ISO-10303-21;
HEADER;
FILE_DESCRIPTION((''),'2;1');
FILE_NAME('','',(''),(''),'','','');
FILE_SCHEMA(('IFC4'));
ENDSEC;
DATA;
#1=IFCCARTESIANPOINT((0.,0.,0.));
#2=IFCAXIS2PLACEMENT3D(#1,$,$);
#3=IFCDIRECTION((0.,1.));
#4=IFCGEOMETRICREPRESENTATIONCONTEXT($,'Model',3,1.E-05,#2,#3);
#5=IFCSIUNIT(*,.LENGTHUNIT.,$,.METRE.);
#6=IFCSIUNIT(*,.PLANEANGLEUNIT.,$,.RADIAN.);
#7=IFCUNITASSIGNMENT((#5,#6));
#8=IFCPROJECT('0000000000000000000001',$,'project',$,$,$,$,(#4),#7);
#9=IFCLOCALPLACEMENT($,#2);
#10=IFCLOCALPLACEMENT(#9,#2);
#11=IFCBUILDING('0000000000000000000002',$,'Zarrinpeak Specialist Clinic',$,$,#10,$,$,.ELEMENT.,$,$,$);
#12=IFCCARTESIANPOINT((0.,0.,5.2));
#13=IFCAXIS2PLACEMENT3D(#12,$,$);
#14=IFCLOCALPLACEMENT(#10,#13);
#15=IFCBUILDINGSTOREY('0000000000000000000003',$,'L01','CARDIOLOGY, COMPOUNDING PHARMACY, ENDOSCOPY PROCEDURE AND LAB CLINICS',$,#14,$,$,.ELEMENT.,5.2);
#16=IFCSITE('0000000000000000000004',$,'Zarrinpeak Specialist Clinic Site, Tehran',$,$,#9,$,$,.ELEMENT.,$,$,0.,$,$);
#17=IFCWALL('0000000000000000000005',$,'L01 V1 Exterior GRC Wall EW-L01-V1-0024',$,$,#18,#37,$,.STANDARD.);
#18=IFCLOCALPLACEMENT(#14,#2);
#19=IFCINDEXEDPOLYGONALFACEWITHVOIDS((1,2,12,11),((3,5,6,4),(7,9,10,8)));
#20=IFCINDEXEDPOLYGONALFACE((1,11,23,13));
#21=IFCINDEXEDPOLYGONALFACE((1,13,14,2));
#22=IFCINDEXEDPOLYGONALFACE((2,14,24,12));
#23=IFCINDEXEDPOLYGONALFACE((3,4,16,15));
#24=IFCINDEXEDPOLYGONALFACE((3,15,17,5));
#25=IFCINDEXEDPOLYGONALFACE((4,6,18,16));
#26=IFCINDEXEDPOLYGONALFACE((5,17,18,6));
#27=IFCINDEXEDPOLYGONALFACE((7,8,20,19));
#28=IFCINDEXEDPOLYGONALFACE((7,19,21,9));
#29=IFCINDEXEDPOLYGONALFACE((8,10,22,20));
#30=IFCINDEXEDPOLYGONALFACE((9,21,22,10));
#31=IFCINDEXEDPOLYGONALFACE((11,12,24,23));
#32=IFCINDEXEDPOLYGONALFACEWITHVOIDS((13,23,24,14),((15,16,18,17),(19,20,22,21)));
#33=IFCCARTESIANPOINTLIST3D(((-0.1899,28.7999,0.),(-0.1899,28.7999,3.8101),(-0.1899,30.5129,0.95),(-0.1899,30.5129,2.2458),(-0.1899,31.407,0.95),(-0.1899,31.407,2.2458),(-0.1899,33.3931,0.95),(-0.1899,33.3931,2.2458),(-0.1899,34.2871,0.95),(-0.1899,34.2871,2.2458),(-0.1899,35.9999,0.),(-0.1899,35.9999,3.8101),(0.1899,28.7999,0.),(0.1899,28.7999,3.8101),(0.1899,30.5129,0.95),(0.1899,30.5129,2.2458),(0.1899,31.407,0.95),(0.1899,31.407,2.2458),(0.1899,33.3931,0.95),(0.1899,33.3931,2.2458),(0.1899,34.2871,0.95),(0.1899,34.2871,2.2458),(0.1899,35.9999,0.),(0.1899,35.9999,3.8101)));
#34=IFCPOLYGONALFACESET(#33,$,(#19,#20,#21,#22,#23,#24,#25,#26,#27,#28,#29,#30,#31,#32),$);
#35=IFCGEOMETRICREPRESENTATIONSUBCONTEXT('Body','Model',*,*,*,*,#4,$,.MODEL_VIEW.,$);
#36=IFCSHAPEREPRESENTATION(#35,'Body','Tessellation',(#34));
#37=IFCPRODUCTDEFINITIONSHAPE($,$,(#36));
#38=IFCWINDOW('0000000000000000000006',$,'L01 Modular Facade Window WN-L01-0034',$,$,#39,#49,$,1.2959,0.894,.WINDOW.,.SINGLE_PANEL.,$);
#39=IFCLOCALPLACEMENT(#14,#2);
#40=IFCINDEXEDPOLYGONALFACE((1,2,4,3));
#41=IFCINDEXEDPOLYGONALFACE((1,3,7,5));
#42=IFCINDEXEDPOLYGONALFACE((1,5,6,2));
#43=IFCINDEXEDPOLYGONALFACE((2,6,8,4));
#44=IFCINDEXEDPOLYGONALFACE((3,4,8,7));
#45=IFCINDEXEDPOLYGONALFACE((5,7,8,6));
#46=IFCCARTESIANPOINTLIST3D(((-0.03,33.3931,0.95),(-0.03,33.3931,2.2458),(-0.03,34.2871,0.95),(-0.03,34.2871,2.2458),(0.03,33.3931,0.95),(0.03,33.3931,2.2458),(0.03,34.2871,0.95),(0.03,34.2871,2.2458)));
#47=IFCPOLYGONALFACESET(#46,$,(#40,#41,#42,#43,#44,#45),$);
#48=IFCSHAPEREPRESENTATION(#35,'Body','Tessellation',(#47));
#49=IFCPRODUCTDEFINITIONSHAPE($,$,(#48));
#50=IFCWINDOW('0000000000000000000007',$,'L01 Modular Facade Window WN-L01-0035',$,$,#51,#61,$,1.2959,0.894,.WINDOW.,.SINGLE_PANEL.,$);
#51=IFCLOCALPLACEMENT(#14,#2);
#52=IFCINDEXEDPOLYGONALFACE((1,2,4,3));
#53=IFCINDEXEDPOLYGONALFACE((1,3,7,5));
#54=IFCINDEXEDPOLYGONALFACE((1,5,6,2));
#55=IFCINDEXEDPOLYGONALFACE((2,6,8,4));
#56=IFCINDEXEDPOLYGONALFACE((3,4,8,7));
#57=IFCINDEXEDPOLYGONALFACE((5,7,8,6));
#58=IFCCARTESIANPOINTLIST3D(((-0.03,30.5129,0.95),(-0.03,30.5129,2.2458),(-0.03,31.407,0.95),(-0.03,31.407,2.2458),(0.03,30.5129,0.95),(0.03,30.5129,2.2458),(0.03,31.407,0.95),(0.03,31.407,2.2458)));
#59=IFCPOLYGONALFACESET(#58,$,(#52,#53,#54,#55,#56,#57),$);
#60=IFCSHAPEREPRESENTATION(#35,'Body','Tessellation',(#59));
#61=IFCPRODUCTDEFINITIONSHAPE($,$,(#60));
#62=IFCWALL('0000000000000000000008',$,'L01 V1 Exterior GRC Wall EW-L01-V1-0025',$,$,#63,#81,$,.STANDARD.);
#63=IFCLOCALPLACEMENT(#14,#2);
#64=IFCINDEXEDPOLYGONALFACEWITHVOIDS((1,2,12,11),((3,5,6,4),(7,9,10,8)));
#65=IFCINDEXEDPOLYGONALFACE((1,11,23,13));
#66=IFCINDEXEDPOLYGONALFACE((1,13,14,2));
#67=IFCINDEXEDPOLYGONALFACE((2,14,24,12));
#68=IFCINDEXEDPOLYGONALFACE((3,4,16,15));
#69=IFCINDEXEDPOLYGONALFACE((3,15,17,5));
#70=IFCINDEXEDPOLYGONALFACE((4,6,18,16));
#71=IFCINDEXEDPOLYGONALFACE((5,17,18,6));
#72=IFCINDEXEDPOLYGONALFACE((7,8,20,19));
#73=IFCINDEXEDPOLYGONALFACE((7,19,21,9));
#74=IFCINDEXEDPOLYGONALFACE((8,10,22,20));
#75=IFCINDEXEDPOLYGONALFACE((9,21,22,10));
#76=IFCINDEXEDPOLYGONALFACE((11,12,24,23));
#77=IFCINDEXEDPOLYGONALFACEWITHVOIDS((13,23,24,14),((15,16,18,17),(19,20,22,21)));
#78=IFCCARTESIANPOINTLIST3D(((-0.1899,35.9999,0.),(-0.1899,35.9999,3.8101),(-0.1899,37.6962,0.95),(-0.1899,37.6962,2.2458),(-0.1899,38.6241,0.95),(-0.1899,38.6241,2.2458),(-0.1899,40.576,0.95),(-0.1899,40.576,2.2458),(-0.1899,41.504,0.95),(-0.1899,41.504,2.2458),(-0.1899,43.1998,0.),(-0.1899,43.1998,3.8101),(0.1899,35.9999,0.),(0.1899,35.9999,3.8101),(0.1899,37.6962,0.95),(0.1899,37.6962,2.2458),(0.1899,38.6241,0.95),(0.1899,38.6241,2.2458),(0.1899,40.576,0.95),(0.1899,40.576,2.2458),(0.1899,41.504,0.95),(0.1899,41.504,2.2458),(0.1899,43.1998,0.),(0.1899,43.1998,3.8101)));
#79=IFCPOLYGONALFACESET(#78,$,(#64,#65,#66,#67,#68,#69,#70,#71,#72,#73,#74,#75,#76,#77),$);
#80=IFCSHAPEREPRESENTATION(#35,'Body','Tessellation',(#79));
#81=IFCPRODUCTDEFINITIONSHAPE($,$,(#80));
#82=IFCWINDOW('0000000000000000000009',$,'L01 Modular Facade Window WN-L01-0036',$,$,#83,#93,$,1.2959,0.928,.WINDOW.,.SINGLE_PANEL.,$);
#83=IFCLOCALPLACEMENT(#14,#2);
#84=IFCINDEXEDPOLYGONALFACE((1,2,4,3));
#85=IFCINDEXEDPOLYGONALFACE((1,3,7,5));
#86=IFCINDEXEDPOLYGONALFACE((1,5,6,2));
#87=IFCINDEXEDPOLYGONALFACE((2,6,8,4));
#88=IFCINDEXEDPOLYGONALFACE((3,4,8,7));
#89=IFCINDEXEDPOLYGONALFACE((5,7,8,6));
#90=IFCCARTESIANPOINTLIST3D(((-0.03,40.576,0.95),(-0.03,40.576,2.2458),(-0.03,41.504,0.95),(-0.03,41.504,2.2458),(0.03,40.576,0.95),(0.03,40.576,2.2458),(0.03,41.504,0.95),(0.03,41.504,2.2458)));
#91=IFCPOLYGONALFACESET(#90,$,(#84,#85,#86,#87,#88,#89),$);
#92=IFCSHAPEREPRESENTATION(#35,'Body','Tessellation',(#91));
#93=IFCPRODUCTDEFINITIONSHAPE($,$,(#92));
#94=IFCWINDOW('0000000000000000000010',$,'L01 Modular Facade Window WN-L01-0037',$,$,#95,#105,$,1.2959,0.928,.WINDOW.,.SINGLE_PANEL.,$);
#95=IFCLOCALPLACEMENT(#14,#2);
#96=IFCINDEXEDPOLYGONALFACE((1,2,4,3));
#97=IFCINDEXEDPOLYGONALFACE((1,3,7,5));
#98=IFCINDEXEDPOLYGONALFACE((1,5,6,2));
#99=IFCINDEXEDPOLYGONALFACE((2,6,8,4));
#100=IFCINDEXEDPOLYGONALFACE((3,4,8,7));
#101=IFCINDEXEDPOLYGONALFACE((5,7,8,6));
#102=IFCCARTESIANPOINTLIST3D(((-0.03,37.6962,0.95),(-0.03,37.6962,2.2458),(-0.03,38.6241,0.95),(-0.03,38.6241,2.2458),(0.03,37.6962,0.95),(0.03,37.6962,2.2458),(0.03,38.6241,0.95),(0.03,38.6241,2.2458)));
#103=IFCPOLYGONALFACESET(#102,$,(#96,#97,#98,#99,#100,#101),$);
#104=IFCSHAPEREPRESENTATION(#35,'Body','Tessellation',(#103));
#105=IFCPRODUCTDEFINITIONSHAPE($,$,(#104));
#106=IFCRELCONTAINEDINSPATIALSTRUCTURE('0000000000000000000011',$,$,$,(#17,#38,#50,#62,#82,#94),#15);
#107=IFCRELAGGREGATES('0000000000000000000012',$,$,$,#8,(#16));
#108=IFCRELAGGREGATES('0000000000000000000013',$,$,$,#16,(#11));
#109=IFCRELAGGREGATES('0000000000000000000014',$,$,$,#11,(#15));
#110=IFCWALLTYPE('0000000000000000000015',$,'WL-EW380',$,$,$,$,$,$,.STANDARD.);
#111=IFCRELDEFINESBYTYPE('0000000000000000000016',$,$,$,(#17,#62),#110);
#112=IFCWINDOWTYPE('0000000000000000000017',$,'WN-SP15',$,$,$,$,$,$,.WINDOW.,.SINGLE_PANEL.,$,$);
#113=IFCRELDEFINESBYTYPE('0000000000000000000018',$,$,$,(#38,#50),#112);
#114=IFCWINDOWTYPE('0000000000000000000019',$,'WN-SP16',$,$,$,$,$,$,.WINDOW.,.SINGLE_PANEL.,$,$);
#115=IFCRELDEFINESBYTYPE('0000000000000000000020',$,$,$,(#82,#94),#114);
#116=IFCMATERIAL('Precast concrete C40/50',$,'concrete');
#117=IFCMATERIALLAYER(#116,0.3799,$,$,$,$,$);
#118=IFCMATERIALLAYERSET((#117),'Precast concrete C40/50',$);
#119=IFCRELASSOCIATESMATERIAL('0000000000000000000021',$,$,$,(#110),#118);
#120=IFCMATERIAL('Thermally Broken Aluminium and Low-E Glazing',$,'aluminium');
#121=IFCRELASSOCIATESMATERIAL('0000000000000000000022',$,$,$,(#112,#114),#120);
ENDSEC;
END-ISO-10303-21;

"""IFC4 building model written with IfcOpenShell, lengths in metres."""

from ifc_helpers import new_model, si_unit, direction, frame, frame_2d, origin, place, context, subcontext, project, spatial, rectangle, extrude, material, layer, layer_set, type_object, element, fill, save


model = new_model("IFC4")

# Units and contexts
model_context = context("Model", 3, precision=1e-05, world=origin(), true_north=direction((0.0, 1.0)))
body_context = subcontext(model_context, "Body", "Model", "MODEL_VIEW")
ifc_project = project(units=[si_unit("LENGTHUNIT", "METRE"), si_unit("PLANEANGLEUNIT", "RADIAN")], contexts=[model_context])

# Site, building, storey
site_placement = place(None, origin())
site = spatial("IfcSite", under=ifc_project, at=site_placement, Name="Zarrinpeak Specialist Clinic Site, Tehran", CompositionType="ELEMENT", RefElevation=0.0)
building_placement = place(site_placement, origin())
building = spatial("IfcBuilding", under=site, at=building_placement, Name="Zarrinpeak Specialist Clinic", CompositionType="ELEMENT")
storey_placement = place(building_placement, frame((0.0, 0.0, 5.2)))
storey = spatial("IfcBuildingStorey", under=building, at=storey_placement, Name="L01", Description="CARDIOLOGY, COMPOUNDING PHARMACY, ENDOSCOPY PROCEDURE AND LAB CLINICS", CompositionType="ELEMENT", Elevation=5.2)

# Walls, openings, windows
ifc_material_1 = material(Name="Precast concrete C40/50", Category="concrete")
ifc_layer = layer(ifc_material_1, 0.3799)
ifc_layer_set = layer_set([ifc_layer], Name="Precast concrete C40/50")
wall_type = type_object("IfcWallType", Name="WL-EW380", PredefinedType="STANDARD", material=ifc_layer_set)
wall_1_placement = place(storey_placement, frame((0.0, 36.0, 0.0), z_axis=(0.0, 0.0, 1.0), x_axis=(0.0, -1.0, 0.0)))
wall_1 = element("IfcWall", 1, at=wall_1_placement, inside=storey, type_object=wall_type, Name="L01 V1 Exterior GRC Wall EW-L01-V1-0024", PredefinedType="STANDARD", context=body_context, shape_type="SweptSolid", body=[
    extrude(rectangle(XDim=7.2, YDim=0.3799, at=frame_2d((3.6001, 0.0))), origin(), (0.0, 0.0, 1.0), 3.8101),
])
opening_1_placement = place(wall_1_placement, frame((1.7129, 0.0, 0.95)))
opening_1 = element("IfcOpeningElement", 2, at=opening_1_placement, cuts=wall_1, PredefinedType="OPENING", context=body_context, shape_type="SweptSolid", body=[
    extrude(rectangle(XDim=0.894, YDim=1.2959, at=frame_2d((0.447, 0.6479))), frame((0.0, 0.2, 0.0), z_axis=(0.0, -1.0, 0.0), x_axis=(1.0, 0.0, 0.0)), (0.0, 0.0, 1.0), 0.3999),
])
opening_2_placement = place(wall_1_placement, frame((4.593, 0.0, 0.95)))
opening_2 = element("IfcOpeningElement", 3, at=opening_2_placement, cuts=wall_1, PredefinedType="OPENING", context=body_context, shape_type="SweptSolid", body=[
    extrude(rectangle(XDim=0.894, YDim=1.2959, at=frame_2d((0.447, 0.6479))), frame((0.0, 0.2, 0.0), z_axis=(0.0, -1.0, 0.0), x_axis=(1.0, 0.0, 0.0)), (0.0, 0.0, 1.0), 0.3999),
])
ifc_material_2 = material(Name="Thermally Broken Aluminium and Low-E Glazing", Category="aluminium")
window_type_1 = type_object("IfcWindowType", Name="WN-SP15", PartitioningType="SINGLE_PANEL", PredefinedType="WINDOW", material=ifc_material_2)
window_1_placement = place(opening_1_placement, origin())
window_1 = element("IfcWindow", 4, at=window_1_placement, inside=storey, type_object=window_type_1, Name="L01 Modular Facade Window WN-L01-0034", OverallHeight=1.2959, OverallWidth=0.894, PartitioningType="SINGLE_PANEL", PredefinedType="WINDOW", context=body_context, shape_type="SweptSolid", body=[
    extrude(rectangle(XDim=0.894, YDim=1.2959, at=frame_2d((0.447, 0.6479))), frame((0.0, 0.03, 0.0), z_axis=(0.0, -1.0, 0.0), x_axis=(1.0, 0.0, 0.0)), (0.0, 0.0, 1.0), 0.0601),
])
fill(opening_1, window_1)
window_2_placement = place(opening_2_placement, origin())
window_2 = element("IfcWindow", 5, at=window_2_placement, inside=storey, type_object=window_type_1, Name="L01 Modular Facade Window WN-L01-0035", OverallHeight=1.2959, OverallWidth=0.894, PartitioningType="SINGLE_PANEL", PredefinedType="WINDOW", context=body_context, shape_type="SweptSolid", body=[
    extrude(rectangle(XDim=0.894, YDim=1.2959, at=frame_2d((0.447, 0.6479))), frame((0.0, 0.03, 0.0), z_axis=(0.0, -1.0, 0.0), x_axis=(1.0, 0.0, 0.0)), (0.0, 0.0, 1.0), 0.0601),
])
fill(opening_2, window_2)
wall_2_placement = place(storey_placement, frame((0.0, 43.2, 0.0), z_axis=(0.0, 0.0, 1.0), x_axis=(0.0, -1.0, 0.0)))
wall_2 = element("IfcWall", 6, at=wall_2_placement, inside=storey, type_object=wall_type, Name="L01 V1 Exterior GRC Wall EW-L01-V1-0025", PredefinedType="STANDARD", context=body_context, shape_type="SweptSolid", body=[
    extrude(rectangle(XDim=7.2, YDim=0.3799, at=frame_2d((3.6001, 0.0))), origin(), (0.0, 0.0, 1.0), 3.8101),
])
opening_3_placement = place(wall_2_placement, frame((1.696, 0.0, 0.95)))
opening_3 = element("IfcOpeningElement", 7, at=opening_3_placement, cuts=wall_2, PredefinedType="OPENING", context=body_context, shape_type="SweptSolid", body=[
    extrude(rectangle(XDim=0.928, YDim=1.2959, at=frame_2d((0.4639, 0.6479))), frame((0.0, 0.2, 0.0), z_axis=(0.0, -1.0, 0.0), x_axis=(1.0, 0.0, 0.0)), (0.0, 0.0, 1.0), 0.3999),
])
opening_4_placement = place(wall_2_placement, frame((4.5759, 0.0, 0.95)))
opening_4 = element("IfcOpeningElement", 8, at=opening_4_placement, cuts=wall_2, PredefinedType="OPENING", context=body_context, shape_type="SweptSolid", body=[
    extrude(rectangle(XDim=0.928, YDim=1.2959, at=frame_2d((0.4639, 0.6479))), frame((0.0, 0.2, 0.0), z_axis=(0.0, -1.0, 0.0), x_axis=(1.0, 0.0, 0.0)), (0.0, 0.0, 1.0), 0.3999),
])
window_type_2 = type_object("IfcWindowType", Name="WN-SP16", PartitioningType="SINGLE_PANEL", PredefinedType="WINDOW", material=ifc_material_2)
window_3_placement = place(opening_3_placement, origin())
window_3 = element("IfcWindow", 9, at=window_3_placement, inside=storey, type_object=window_type_2, Name="L01 Modular Facade Window WN-L01-0036", OverallHeight=1.2959, OverallWidth=0.928, PartitioningType="SINGLE_PANEL", PredefinedType="WINDOW", context=body_context, shape_type="SweptSolid", body=[
    extrude(rectangle(XDim=0.928, YDim=1.2959, at=frame_2d((0.4639, 0.6479))), frame((0.0, 0.03, 0.0), z_axis=(0.0, -1.0, 0.0), x_axis=(1.0, 0.0, 0.0)), (0.0, 0.0, 1.0), 0.0601),
])
fill(opening_3, window_3)
window_4_placement = place(opening_4_placement, origin())
window_4 = element("IfcWindow", 10, at=window_4_placement, inside=storey, type_object=window_type_2, Name="L01 Modular Facade Window WN-L01-0037", OverallHeight=1.2959, OverallWidth=0.928, PartitioningType="SINGLE_PANEL", PredefinedType="WINDOW", context=body_context, shape_type="SweptSolid", body=[
    extrude(rectangle(XDim=0.928, YDim=1.2959, at=frame_2d((0.4639, 0.6479))), frame((0.0, 0.03, 0.0), z_axis=(0.0, -1.0, 0.0), x_axis=(1.0, 0.0, 0.0)), (0.0, 0.0, 1.0), 0.0601),
])
fill(opening_4, window_4)

save(model, "model.ifc")
